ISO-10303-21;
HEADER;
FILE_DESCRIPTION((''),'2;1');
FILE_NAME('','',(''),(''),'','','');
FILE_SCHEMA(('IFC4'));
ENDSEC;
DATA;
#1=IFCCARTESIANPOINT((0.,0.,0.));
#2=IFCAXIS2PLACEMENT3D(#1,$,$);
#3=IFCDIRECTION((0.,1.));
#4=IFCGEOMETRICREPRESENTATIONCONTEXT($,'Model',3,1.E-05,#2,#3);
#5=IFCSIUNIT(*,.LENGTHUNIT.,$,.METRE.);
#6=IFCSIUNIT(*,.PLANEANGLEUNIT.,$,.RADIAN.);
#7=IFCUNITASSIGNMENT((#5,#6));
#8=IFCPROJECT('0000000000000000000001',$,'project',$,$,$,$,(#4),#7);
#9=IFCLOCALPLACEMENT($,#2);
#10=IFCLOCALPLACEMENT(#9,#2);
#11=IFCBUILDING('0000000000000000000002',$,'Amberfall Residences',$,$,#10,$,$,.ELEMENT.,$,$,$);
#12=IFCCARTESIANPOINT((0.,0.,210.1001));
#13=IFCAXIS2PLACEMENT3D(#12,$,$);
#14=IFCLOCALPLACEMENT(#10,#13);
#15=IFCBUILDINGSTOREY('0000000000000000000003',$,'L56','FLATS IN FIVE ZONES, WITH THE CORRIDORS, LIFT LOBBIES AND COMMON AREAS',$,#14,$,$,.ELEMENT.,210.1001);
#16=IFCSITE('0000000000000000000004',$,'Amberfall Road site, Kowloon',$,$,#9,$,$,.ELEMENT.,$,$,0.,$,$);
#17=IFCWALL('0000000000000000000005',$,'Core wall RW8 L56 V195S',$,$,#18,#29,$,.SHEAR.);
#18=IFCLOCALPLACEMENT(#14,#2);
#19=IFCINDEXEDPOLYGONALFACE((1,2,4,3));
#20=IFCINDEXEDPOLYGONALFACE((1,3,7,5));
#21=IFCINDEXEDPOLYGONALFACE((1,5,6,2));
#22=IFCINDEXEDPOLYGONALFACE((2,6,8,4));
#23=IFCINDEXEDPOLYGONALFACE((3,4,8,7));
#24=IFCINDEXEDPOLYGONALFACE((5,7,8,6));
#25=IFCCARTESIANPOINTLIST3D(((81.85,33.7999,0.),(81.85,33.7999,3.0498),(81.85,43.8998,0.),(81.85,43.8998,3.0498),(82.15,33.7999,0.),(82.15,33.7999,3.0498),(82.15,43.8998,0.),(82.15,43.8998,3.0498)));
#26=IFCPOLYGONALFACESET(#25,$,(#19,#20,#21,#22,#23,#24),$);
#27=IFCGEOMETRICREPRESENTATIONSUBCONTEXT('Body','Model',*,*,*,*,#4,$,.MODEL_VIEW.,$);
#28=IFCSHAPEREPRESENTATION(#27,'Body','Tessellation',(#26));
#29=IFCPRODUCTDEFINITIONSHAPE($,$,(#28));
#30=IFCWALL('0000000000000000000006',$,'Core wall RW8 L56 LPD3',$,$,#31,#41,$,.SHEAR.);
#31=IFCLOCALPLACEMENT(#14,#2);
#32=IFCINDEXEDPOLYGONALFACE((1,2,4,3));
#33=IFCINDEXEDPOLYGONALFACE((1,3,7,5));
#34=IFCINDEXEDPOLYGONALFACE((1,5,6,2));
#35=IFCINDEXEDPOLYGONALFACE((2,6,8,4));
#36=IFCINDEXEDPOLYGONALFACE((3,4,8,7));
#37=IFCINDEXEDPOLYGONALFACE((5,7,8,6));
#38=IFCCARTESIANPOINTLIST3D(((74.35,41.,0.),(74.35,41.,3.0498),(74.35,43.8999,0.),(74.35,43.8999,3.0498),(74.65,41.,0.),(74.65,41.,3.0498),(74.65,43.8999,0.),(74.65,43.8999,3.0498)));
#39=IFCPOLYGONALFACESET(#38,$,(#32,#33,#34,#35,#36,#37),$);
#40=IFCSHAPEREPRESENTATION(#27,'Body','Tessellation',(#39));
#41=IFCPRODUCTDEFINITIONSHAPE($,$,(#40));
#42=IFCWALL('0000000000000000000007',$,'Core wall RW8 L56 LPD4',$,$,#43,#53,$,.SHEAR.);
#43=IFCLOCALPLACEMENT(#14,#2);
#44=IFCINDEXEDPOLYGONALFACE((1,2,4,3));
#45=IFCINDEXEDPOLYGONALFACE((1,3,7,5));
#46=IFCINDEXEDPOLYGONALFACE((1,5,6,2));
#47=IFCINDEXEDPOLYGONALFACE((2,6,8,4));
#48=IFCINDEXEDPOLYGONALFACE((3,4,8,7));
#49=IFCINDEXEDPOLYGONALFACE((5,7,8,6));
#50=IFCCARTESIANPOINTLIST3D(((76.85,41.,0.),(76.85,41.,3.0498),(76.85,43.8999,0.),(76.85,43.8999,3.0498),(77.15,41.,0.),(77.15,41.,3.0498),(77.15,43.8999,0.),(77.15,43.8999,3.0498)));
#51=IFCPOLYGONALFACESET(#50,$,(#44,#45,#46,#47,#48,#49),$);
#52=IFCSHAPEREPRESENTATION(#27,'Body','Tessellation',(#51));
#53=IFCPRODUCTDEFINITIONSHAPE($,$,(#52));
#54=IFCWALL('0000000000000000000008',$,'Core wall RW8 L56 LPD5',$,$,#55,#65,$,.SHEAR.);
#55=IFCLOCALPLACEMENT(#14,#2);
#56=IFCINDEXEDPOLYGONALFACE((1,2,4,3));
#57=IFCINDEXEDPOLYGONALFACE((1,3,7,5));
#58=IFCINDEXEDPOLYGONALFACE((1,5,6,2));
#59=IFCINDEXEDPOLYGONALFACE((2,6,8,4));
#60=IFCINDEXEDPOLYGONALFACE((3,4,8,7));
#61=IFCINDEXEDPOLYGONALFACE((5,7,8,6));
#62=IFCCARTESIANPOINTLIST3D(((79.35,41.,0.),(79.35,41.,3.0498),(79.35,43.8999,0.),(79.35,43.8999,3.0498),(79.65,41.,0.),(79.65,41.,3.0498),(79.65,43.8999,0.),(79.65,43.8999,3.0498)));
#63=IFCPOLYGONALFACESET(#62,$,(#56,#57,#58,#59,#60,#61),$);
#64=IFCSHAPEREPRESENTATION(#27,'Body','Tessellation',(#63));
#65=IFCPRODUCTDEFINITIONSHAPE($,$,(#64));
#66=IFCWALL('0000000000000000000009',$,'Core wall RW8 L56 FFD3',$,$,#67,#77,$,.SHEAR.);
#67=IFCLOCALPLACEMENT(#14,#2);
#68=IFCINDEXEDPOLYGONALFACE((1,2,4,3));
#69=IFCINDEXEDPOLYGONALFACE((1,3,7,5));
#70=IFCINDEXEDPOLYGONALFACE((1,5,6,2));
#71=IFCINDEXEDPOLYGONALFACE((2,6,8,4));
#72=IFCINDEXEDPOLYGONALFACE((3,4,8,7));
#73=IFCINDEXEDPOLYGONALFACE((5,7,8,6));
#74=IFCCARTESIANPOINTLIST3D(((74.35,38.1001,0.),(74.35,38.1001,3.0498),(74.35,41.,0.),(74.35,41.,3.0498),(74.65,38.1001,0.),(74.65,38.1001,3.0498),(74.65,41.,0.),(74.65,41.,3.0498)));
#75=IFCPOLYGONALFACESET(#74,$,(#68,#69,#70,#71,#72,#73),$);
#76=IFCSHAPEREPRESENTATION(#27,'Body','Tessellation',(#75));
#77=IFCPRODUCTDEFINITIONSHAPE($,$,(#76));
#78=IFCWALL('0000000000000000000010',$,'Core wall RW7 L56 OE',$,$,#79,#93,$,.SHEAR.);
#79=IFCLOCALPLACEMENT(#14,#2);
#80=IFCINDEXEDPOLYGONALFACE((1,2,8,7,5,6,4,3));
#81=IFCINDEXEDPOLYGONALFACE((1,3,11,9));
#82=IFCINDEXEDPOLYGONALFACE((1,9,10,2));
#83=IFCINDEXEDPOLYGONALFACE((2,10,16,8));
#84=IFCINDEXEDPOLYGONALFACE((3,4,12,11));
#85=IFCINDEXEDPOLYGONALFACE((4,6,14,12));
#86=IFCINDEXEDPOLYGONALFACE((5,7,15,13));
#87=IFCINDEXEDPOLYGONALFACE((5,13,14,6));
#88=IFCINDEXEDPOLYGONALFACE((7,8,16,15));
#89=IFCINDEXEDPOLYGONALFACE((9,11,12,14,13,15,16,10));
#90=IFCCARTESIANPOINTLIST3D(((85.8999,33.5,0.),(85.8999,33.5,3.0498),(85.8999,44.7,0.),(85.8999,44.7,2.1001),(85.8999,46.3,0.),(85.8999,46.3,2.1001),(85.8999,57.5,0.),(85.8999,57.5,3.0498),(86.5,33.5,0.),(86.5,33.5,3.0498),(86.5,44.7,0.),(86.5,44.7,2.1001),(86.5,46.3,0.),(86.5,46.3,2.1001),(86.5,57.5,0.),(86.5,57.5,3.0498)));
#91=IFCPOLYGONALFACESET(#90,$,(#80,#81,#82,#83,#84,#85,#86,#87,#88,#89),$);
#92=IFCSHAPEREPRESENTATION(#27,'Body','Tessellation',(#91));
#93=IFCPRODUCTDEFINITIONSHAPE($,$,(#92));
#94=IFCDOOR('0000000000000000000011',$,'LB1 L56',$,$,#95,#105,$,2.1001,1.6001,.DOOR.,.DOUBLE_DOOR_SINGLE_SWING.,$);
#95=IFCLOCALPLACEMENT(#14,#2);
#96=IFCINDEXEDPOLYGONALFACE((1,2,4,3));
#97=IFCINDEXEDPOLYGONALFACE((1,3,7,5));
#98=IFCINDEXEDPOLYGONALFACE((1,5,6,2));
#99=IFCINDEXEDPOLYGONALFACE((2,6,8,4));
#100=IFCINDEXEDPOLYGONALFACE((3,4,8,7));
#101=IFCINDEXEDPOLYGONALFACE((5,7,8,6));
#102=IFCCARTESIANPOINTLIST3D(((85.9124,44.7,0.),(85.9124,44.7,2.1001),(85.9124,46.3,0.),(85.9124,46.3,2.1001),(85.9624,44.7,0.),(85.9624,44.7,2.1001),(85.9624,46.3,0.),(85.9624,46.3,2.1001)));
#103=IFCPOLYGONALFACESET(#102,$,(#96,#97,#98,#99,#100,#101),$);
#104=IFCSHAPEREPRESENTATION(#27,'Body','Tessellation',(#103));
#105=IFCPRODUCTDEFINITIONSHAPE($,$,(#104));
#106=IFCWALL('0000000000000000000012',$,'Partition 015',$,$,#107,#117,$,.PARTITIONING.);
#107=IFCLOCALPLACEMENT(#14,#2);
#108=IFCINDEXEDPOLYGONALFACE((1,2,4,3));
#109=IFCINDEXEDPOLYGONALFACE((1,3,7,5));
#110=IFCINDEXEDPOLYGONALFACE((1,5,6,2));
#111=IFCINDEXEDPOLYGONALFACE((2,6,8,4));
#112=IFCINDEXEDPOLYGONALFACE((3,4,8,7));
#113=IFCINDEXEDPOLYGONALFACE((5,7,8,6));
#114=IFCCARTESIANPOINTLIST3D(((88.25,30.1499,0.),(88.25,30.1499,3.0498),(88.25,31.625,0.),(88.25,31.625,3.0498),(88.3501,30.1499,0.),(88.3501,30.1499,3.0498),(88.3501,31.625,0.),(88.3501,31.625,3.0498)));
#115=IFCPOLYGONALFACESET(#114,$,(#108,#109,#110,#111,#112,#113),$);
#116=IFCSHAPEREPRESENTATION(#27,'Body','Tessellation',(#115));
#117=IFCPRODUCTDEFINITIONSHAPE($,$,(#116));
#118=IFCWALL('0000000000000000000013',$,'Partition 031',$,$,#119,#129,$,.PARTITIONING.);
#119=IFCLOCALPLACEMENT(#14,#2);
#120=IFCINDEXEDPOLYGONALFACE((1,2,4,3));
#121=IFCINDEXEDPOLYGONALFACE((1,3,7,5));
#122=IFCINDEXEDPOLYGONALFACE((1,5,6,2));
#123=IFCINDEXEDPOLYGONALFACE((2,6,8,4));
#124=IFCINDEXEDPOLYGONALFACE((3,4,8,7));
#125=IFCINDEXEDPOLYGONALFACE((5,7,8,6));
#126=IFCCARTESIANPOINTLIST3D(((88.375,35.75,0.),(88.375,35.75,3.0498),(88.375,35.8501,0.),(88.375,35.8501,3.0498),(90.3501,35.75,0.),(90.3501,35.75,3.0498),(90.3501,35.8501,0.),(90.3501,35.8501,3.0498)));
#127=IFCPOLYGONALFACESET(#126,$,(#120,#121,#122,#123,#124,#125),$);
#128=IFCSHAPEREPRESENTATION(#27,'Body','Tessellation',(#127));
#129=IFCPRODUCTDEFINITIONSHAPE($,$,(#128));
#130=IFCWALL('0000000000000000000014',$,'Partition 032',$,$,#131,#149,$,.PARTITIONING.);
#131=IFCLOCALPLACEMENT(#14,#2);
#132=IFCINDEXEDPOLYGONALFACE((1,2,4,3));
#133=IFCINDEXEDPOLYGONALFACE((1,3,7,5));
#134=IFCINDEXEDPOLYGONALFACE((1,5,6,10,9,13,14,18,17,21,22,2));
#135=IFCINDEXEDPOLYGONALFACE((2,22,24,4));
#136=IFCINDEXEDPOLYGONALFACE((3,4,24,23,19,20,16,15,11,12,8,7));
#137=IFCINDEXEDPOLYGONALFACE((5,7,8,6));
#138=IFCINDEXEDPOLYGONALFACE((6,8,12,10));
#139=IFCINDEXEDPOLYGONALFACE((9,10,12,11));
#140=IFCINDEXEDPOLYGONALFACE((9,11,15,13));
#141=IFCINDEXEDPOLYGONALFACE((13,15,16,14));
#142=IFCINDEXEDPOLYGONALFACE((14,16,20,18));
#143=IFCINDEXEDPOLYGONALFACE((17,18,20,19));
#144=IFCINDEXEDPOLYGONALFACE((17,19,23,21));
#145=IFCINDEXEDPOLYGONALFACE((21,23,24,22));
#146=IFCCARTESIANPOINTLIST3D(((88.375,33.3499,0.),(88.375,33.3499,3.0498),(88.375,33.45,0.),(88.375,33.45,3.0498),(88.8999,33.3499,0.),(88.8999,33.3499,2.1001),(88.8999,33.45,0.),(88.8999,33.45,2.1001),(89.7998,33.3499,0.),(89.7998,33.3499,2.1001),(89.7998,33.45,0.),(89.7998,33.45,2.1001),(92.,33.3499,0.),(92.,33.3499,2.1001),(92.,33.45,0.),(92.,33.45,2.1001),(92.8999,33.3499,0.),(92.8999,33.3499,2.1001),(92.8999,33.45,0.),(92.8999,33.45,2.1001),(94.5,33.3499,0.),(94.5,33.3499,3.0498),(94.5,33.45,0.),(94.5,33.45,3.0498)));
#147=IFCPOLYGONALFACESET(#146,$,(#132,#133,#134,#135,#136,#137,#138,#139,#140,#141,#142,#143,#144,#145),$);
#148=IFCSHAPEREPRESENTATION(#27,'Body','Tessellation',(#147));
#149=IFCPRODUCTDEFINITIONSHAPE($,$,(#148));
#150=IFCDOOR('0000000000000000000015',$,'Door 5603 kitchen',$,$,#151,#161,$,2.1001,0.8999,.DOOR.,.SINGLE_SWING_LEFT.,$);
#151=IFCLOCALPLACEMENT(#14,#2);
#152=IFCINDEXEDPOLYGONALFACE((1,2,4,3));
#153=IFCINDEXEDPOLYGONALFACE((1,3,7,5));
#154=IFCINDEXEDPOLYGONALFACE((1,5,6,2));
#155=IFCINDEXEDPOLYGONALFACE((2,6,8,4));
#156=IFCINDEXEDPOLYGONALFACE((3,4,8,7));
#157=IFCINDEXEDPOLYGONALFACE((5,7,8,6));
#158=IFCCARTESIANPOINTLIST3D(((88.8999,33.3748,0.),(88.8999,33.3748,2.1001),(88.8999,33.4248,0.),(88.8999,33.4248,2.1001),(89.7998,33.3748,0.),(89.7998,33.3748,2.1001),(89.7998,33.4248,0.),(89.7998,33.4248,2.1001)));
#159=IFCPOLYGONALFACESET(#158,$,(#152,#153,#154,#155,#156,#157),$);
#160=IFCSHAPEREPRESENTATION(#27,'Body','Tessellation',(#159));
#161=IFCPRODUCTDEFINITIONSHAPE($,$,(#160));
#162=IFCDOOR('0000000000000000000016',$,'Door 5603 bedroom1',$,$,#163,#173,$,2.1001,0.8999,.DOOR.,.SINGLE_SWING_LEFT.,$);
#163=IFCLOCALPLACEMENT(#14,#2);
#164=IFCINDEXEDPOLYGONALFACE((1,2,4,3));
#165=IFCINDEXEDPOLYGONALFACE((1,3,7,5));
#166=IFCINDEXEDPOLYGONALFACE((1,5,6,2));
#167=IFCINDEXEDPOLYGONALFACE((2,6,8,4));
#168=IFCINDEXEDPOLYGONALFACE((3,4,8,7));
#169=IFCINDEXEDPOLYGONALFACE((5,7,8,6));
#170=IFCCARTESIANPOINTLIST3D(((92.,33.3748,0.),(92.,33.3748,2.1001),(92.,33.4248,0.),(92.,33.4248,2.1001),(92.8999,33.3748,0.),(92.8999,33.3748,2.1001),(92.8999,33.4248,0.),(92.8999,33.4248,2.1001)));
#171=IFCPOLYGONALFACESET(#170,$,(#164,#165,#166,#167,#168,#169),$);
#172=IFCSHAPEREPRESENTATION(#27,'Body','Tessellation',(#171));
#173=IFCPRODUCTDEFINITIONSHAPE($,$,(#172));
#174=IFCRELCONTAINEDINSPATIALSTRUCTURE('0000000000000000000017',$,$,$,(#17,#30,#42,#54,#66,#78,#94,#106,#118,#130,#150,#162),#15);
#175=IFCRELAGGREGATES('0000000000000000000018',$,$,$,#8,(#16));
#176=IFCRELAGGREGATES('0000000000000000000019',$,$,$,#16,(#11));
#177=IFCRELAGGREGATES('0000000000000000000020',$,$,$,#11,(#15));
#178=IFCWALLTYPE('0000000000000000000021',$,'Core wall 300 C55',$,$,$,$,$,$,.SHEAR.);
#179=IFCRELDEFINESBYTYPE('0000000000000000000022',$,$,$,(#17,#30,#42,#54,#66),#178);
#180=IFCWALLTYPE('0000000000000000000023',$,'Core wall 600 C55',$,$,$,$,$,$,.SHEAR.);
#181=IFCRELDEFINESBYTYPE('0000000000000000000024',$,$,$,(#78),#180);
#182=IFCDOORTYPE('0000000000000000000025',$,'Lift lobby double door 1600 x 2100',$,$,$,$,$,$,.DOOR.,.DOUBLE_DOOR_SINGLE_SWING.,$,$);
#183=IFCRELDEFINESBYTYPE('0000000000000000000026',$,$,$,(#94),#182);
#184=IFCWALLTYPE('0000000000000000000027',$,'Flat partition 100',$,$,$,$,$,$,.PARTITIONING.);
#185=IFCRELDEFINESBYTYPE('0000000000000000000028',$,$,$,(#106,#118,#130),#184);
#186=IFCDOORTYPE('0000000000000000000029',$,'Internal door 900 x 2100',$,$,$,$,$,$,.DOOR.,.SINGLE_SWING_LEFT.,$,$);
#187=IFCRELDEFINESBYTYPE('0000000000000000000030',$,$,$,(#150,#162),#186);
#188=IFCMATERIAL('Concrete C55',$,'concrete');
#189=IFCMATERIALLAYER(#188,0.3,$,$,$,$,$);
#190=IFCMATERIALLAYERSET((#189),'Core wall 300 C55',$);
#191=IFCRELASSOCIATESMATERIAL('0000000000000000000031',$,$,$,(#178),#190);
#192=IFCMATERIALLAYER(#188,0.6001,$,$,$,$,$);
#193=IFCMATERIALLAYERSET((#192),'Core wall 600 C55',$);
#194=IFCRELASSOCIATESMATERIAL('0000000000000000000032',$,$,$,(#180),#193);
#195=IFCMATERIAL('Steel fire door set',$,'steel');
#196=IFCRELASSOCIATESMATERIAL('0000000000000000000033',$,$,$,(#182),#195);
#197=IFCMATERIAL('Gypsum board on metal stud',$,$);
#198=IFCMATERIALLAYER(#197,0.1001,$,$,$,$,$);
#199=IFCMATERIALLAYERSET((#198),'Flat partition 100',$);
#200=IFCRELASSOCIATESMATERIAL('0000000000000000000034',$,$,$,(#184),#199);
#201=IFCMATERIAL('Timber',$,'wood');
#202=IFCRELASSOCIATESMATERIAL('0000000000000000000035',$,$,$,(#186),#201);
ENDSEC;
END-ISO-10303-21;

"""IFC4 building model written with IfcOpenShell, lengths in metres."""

from ifc_helpers import new_model, si_unit, direction, frame, frame_2d, origin, place, context, subcontext, project, spatial, rectangle, extrude, material, layer, layer_set, type_object, element, fill, save


model = new_model("IFC4")

# Units and contexts
model_context = context("Model", 3, precision=1e-05, world=origin(), true_north=direction((0.0, 1.0)))
body_context = subcontext(model_context, "Body", "Model", "MODEL_VIEW")
ifc_project = project(units=[si_unit("LENGTHUNIT", "METRE"), si_unit("PLANEANGLEUNIT", "RADIAN")], contexts=[model_context])

# Site, building, storey
site_placement = place(None, origin())
site = spatial("IfcSite", under=ifc_project, at=site_placement, Name="Amberfall Road site, Kowloon", CompositionType="ELEMENT", RefElevation=0.0)
building_placement = place(site_placement, origin())
building = spatial("IfcBuilding", under=site, at=building_placement, Name="Amberfall Residences", CompositionType="ELEMENT")
storey_placement = place(building_placement, frame((0.0, 0.0, 210.1001)))
storey = spatial("IfcBuildingStorey", under=building, at=storey_placement, Name="L56", Description="FLATS IN FIVE ZONES, WITH THE CORRIDORS, LIFT LOBBIES AND COMMON AREAS", CompositionType="ELEMENT", Elevation=210.1001)

# Walls
ifc_material_1 = material(Name="Concrete C55", Category="concrete")
ifc_layer_1 = layer(ifc_material_1, 0.3)
ifc_layer_set_1 = layer_set([ifc_layer_1], Name="Core wall 300 C55")
wall_type_1 = type_object("IfcWallType", Name="Core wall 300 C55", PredefinedType="SHEAR", material=ifc_layer_set_1)
wall_1_placement = place(storey_placement, frame((82.0, 33.8, 0.0), z_axis=(0.0, 0.0, 1.0), x_axis=(0.0, 1.0, 0.0)))
element("IfcWall", 1, at=wall_1_placement, inside=storey, type_object=wall_type_1, Name="Core wall RW8 L56 V195S", PredefinedType="SHEAR", context=body_context, shape_type="SweptSolid", body=[
    extrude(rectangle(XDim=10.0999, YDim=0.3, at=frame_2d((5.0498, 0.0))), origin(), (0.0, 0.0, 1.0), 3.0498),
])
for number, where, z_axis, x_axis, name in (
    (2, (74.5, 41.0, 0.0), (0.0, 0.0, 1.0), (0.0, 1.0, 0.0), "Core wall RW8 L56 LPD3"),
    (3, (77.0, 41.0, 0.0), (0.0, 0.0, 1.0), (0.0, 1.0, 0.0), "Core wall RW8 L56 LPD4"),
    (4, (79.5, 41.0, 0.0), (0.0, 0.0, 1.0), (0.0, 1.0, 0.0), "Core wall RW8 L56 LPD5"),
    (5, (74.5, 38.1001, 0.0), (0.0, 0.0, 1.0), (0.0, 1.0, 0.0), "Core wall RW8 L56 FFD3"),
):
    element("IfcWall", number, at=place(storey_placement, frame(where, z_axis=z_axis, x_axis=x_axis)), inside=storey, type_object=wall_type_1, Name=name, PredefinedType="SHEAR", context=body_context, shape_type="SweptSolid", body=[
        extrude(rectangle(XDim=2.8999, YDim=0.3, at=frame_2d((1.45, 0.0))), origin(), (0.0, 0.0, 1.0), 3.0498),
    ])

# Wall, opening, door
ifc_layer_2 = layer(ifc_material_1, 0.6001)
ifc_layer_set_2 = layer_set([ifc_layer_2], Name="Core wall 600 C55")
wall_type_2 = type_object("IfcWallType", Name="Core wall 600 C55", PredefinedType="SHEAR", material=ifc_layer_set_2)
wall_2_placement = place(storey_placement, frame((86.2, 33.5, 0.0), z_axis=(0.0, 0.0, 1.0), x_axis=(0.0, 1.0, 0.0)))
wall_2 = element("IfcWall", 6, at=wall_2_placement, inside=storey, type_object=wall_type_2, Name="Core wall RW7 L56 OE", PredefinedType="SHEAR", context=body_context, shape_type="SweptSolid", body=[
    extrude(rectangle(XDim=24.0, YDim=0.6001, at=frame_2d((12.0, 0.0))), origin(), (0.0, 0.0, 1.0), 3.0498),
])
opening_1_placement = place(wall_2_placement, frame((11.2, 0.0, 0.0)))
opening_1 = element("IfcOpeningElement", 7, at=opening_1_placement, cuts=wall_2, PredefinedType="OPENING", context=body_context, shape_type="SweptSolid", body=[
    extrude(rectangle(XDim=1.6001, YDim=2.1001, at=frame_2d((0.8, 1.05))), frame((0.0, 0.3101, 0.0), z_axis=(0.0, -1.0, 0.0), x_axis=(1.0, 0.0, 0.0)), (0.0, 0.0, 1.0), 0.6201),
])
ifc_material_2 = material(Name="Steel fire door set", Category="steel")
door_type_1 = type_object("IfcDoorType", Name="Lift lobby double door 1600 x 2100", OperationType="DOUBLE_DOOR_SINGLE_SWING", PredefinedType="DOOR", material=ifc_material_2)
door_1_placement = place(opening_1_placement, origin())
door_1 = element("IfcDoor", 8, at=door_1_placement, inside=storey, type_object=door_type_1, Name="LB1 L56", OperationType="DOUBLE_DOOR_SINGLE_SWING", OverallHeight=2.1001, OverallWidth=1.6001, PredefinedType="DOOR", context=body_context, shape_type="SweptSolid", body=[
    extrude(rectangle(XDim=1.6001, YDim=2.1001, at=frame_2d((0.8, 1.05))), frame((0.0, 0.2876, 0.0), z_axis=(0.0, -1.0, 0.0), x_axis=(1.0, 0.0, 0.0)), (0.0, 0.0, 1.0), 0.05),
])
fill(opening_1, door_1)

# Walls
ifc_material_3 = material(Name="Gypsum board on metal stud")
ifc_layer_3 = layer(ifc_material_3, 0.1001)
ifc_layer_set_3 = layer_set([ifc_layer_3], Name="Flat partition 100")
wall_type_3 = type_object("IfcWallType", Name="Flat partition 100", PredefinedType="PARTITIONING", material=ifc_layer_set_3)
wall_3_placement = place(storey_placement, frame((88.3, 30.1499, 0.0), z_axis=(0.0, 0.0, 1.0), x_axis=(0.0, 1.0, 0.0)))
element("IfcWall", 9, at=wall_3_placement, inside=storey, type_object=wall_type_3, Name="Partition 015", PredefinedType="PARTITIONING", context=body_context, shape_type="SweptSolid", body=[
    extrude(rectangle(XDim=1.4751, YDim=0.1001, at=frame_2d((0.7375, 0.0))), origin(), (0.0, 0.0, 1.0), 3.0498),
])
wall_4_placement = place(storey_placement, frame((88.375, 35.8, 0.0), z_axis=(0.0, 0.0, 1.0), x_axis=(1.0, 0.0, 0.0)))
element("IfcWall", 10, at=wall_4_placement, inside=storey, type_object=wall_type_3, Name="Partition 031", PredefinedType="PARTITIONING", context=body_context, shape_type="SweptSolid", body=[
    extrude(rectangle(XDim=1.9751, YDim=0.1001, at=frame_2d((0.9875, 0.0))), origin(), (0.0, 0.0, 1.0), 3.0498),
])

# Wall, openings, doors
wall_5_placement = place(storey_placement, frame((88.375, 33.3999, 0.0), z_axis=(0.0, 0.0, 1.0), x_axis=(1.0, 0.0, 0.0)))
wall_5 = element("IfcWall", 11, at=wall_5_placement, inside=storey, type_object=wall_type_3, Name="Partition 032", PredefinedType="PARTITIONING", context=body_context, shape_type="SweptSolid", body=[
    extrude(rectangle(XDim=6.125, YDim=0.1001, at=frame_2d((3.0625, 0.0))), origin(), (0.0, 0.0, 1.0), 3.0498),
])
opening_2_placement = place(wall_5_placement, frame((0.5249, 0.0, 0.0)))
opening_2 = element("IfcOpeningElement", 12, at=opening_2_placement, cuts=wall_5, PredefinedType="OPENING", context=body_context, shape_type="SweptSolid", body=[
    extrude(rectangle(XDim=0.8999, YDim=2.1001, at=frame_2d((0.45, 1.05))), frame((0.0, 0.0601, 0.0), z_axis=(0.0, -1.0, 0.0), x_axis=(1.0, 0.0, 0.0)), (0.0, 0.0, 1.0), 0.1201),
])
opening_3_placement = place(wall_5_placement, frame((3.625, 0.0, 0.0)))
opening_3 = element("IfcOpeningElement", 13, at=opening_3_placement, cuts=wall_5, PredefinedType="OPENING", context=body_context, shape_type="SweptSolid", body=[
    extrude(rectangle(XDim=0.8999, YDim=2.1001, at=frame_2d((0.45, 1.05))), frame((0.0, 0.0601, 0.0), z_axis=(0.0, -1.0, 0.0), x_axis=(1.0, 0.0, 0.0)), (0.0, 0.0, 1.0), 0.1201),
])
ifc_material_4 = material(Name="Timber", Category="wood")
door_type_2 = type_object("IfcDoorType", Name="Internal door 900 x 2100", OperationType="SINGLE_SWING_LEFT", PredefinedType="DOOR", material=ifc_material_4)
door_2_placement = place(opening_2_placement, origin())
door_2 = element("IfcDoor", 14, at=door_2_placement, inside=storey, type_object=door_type_2, Name="Door 5603 kitchen", OperationType="SINGLE_SWING_LEFT", OverallHeight=2.1001, OverallWidth=0.8999, PredefinedType="DOOR", context=body_context, shape_type="SweptSolid", body=[
    extrude(rectangle(XDim=0.8999, YDim=2.1001, at=frame_2d((0.45, 1.05))), frame((0.0, 0.0249, 0.0), z_axis=(0.0, -1.0, 0.0), x_axis=(1.0, 0.0, 0.0)), (0.0, 0.0, 1.0), 0.05),
])
fill(opening_2, door_2)
door_3_placement = place(opening_3_placement, origin())
door_3 = element("IfcDoor", 15, at=door_3_placement, inside=storey, type_object=door_type_2, Name="Door 5603 bedroom1", OperationType="SINGLE_SWING_LEFT", OverallHeight=2.1001, OverallWidth=0.8999, PredefinedType="DOOR", context=body_context, shape_type="SweptSolid", body=[
    extrude(rectangle(XDim=0.8999, YDim=2.1001, at=frame_2d((0.45, 1.05))), frame((0.0, 0.0249, 0.0), z_axis=(0.0, -1.0, 0.0), x_axis=(1.0, 0.0, 0.0)), (0.0, 0.0, 1.0), 0.05),
])
fill(opening_3, door_3)

save(model, "model.ifc")
